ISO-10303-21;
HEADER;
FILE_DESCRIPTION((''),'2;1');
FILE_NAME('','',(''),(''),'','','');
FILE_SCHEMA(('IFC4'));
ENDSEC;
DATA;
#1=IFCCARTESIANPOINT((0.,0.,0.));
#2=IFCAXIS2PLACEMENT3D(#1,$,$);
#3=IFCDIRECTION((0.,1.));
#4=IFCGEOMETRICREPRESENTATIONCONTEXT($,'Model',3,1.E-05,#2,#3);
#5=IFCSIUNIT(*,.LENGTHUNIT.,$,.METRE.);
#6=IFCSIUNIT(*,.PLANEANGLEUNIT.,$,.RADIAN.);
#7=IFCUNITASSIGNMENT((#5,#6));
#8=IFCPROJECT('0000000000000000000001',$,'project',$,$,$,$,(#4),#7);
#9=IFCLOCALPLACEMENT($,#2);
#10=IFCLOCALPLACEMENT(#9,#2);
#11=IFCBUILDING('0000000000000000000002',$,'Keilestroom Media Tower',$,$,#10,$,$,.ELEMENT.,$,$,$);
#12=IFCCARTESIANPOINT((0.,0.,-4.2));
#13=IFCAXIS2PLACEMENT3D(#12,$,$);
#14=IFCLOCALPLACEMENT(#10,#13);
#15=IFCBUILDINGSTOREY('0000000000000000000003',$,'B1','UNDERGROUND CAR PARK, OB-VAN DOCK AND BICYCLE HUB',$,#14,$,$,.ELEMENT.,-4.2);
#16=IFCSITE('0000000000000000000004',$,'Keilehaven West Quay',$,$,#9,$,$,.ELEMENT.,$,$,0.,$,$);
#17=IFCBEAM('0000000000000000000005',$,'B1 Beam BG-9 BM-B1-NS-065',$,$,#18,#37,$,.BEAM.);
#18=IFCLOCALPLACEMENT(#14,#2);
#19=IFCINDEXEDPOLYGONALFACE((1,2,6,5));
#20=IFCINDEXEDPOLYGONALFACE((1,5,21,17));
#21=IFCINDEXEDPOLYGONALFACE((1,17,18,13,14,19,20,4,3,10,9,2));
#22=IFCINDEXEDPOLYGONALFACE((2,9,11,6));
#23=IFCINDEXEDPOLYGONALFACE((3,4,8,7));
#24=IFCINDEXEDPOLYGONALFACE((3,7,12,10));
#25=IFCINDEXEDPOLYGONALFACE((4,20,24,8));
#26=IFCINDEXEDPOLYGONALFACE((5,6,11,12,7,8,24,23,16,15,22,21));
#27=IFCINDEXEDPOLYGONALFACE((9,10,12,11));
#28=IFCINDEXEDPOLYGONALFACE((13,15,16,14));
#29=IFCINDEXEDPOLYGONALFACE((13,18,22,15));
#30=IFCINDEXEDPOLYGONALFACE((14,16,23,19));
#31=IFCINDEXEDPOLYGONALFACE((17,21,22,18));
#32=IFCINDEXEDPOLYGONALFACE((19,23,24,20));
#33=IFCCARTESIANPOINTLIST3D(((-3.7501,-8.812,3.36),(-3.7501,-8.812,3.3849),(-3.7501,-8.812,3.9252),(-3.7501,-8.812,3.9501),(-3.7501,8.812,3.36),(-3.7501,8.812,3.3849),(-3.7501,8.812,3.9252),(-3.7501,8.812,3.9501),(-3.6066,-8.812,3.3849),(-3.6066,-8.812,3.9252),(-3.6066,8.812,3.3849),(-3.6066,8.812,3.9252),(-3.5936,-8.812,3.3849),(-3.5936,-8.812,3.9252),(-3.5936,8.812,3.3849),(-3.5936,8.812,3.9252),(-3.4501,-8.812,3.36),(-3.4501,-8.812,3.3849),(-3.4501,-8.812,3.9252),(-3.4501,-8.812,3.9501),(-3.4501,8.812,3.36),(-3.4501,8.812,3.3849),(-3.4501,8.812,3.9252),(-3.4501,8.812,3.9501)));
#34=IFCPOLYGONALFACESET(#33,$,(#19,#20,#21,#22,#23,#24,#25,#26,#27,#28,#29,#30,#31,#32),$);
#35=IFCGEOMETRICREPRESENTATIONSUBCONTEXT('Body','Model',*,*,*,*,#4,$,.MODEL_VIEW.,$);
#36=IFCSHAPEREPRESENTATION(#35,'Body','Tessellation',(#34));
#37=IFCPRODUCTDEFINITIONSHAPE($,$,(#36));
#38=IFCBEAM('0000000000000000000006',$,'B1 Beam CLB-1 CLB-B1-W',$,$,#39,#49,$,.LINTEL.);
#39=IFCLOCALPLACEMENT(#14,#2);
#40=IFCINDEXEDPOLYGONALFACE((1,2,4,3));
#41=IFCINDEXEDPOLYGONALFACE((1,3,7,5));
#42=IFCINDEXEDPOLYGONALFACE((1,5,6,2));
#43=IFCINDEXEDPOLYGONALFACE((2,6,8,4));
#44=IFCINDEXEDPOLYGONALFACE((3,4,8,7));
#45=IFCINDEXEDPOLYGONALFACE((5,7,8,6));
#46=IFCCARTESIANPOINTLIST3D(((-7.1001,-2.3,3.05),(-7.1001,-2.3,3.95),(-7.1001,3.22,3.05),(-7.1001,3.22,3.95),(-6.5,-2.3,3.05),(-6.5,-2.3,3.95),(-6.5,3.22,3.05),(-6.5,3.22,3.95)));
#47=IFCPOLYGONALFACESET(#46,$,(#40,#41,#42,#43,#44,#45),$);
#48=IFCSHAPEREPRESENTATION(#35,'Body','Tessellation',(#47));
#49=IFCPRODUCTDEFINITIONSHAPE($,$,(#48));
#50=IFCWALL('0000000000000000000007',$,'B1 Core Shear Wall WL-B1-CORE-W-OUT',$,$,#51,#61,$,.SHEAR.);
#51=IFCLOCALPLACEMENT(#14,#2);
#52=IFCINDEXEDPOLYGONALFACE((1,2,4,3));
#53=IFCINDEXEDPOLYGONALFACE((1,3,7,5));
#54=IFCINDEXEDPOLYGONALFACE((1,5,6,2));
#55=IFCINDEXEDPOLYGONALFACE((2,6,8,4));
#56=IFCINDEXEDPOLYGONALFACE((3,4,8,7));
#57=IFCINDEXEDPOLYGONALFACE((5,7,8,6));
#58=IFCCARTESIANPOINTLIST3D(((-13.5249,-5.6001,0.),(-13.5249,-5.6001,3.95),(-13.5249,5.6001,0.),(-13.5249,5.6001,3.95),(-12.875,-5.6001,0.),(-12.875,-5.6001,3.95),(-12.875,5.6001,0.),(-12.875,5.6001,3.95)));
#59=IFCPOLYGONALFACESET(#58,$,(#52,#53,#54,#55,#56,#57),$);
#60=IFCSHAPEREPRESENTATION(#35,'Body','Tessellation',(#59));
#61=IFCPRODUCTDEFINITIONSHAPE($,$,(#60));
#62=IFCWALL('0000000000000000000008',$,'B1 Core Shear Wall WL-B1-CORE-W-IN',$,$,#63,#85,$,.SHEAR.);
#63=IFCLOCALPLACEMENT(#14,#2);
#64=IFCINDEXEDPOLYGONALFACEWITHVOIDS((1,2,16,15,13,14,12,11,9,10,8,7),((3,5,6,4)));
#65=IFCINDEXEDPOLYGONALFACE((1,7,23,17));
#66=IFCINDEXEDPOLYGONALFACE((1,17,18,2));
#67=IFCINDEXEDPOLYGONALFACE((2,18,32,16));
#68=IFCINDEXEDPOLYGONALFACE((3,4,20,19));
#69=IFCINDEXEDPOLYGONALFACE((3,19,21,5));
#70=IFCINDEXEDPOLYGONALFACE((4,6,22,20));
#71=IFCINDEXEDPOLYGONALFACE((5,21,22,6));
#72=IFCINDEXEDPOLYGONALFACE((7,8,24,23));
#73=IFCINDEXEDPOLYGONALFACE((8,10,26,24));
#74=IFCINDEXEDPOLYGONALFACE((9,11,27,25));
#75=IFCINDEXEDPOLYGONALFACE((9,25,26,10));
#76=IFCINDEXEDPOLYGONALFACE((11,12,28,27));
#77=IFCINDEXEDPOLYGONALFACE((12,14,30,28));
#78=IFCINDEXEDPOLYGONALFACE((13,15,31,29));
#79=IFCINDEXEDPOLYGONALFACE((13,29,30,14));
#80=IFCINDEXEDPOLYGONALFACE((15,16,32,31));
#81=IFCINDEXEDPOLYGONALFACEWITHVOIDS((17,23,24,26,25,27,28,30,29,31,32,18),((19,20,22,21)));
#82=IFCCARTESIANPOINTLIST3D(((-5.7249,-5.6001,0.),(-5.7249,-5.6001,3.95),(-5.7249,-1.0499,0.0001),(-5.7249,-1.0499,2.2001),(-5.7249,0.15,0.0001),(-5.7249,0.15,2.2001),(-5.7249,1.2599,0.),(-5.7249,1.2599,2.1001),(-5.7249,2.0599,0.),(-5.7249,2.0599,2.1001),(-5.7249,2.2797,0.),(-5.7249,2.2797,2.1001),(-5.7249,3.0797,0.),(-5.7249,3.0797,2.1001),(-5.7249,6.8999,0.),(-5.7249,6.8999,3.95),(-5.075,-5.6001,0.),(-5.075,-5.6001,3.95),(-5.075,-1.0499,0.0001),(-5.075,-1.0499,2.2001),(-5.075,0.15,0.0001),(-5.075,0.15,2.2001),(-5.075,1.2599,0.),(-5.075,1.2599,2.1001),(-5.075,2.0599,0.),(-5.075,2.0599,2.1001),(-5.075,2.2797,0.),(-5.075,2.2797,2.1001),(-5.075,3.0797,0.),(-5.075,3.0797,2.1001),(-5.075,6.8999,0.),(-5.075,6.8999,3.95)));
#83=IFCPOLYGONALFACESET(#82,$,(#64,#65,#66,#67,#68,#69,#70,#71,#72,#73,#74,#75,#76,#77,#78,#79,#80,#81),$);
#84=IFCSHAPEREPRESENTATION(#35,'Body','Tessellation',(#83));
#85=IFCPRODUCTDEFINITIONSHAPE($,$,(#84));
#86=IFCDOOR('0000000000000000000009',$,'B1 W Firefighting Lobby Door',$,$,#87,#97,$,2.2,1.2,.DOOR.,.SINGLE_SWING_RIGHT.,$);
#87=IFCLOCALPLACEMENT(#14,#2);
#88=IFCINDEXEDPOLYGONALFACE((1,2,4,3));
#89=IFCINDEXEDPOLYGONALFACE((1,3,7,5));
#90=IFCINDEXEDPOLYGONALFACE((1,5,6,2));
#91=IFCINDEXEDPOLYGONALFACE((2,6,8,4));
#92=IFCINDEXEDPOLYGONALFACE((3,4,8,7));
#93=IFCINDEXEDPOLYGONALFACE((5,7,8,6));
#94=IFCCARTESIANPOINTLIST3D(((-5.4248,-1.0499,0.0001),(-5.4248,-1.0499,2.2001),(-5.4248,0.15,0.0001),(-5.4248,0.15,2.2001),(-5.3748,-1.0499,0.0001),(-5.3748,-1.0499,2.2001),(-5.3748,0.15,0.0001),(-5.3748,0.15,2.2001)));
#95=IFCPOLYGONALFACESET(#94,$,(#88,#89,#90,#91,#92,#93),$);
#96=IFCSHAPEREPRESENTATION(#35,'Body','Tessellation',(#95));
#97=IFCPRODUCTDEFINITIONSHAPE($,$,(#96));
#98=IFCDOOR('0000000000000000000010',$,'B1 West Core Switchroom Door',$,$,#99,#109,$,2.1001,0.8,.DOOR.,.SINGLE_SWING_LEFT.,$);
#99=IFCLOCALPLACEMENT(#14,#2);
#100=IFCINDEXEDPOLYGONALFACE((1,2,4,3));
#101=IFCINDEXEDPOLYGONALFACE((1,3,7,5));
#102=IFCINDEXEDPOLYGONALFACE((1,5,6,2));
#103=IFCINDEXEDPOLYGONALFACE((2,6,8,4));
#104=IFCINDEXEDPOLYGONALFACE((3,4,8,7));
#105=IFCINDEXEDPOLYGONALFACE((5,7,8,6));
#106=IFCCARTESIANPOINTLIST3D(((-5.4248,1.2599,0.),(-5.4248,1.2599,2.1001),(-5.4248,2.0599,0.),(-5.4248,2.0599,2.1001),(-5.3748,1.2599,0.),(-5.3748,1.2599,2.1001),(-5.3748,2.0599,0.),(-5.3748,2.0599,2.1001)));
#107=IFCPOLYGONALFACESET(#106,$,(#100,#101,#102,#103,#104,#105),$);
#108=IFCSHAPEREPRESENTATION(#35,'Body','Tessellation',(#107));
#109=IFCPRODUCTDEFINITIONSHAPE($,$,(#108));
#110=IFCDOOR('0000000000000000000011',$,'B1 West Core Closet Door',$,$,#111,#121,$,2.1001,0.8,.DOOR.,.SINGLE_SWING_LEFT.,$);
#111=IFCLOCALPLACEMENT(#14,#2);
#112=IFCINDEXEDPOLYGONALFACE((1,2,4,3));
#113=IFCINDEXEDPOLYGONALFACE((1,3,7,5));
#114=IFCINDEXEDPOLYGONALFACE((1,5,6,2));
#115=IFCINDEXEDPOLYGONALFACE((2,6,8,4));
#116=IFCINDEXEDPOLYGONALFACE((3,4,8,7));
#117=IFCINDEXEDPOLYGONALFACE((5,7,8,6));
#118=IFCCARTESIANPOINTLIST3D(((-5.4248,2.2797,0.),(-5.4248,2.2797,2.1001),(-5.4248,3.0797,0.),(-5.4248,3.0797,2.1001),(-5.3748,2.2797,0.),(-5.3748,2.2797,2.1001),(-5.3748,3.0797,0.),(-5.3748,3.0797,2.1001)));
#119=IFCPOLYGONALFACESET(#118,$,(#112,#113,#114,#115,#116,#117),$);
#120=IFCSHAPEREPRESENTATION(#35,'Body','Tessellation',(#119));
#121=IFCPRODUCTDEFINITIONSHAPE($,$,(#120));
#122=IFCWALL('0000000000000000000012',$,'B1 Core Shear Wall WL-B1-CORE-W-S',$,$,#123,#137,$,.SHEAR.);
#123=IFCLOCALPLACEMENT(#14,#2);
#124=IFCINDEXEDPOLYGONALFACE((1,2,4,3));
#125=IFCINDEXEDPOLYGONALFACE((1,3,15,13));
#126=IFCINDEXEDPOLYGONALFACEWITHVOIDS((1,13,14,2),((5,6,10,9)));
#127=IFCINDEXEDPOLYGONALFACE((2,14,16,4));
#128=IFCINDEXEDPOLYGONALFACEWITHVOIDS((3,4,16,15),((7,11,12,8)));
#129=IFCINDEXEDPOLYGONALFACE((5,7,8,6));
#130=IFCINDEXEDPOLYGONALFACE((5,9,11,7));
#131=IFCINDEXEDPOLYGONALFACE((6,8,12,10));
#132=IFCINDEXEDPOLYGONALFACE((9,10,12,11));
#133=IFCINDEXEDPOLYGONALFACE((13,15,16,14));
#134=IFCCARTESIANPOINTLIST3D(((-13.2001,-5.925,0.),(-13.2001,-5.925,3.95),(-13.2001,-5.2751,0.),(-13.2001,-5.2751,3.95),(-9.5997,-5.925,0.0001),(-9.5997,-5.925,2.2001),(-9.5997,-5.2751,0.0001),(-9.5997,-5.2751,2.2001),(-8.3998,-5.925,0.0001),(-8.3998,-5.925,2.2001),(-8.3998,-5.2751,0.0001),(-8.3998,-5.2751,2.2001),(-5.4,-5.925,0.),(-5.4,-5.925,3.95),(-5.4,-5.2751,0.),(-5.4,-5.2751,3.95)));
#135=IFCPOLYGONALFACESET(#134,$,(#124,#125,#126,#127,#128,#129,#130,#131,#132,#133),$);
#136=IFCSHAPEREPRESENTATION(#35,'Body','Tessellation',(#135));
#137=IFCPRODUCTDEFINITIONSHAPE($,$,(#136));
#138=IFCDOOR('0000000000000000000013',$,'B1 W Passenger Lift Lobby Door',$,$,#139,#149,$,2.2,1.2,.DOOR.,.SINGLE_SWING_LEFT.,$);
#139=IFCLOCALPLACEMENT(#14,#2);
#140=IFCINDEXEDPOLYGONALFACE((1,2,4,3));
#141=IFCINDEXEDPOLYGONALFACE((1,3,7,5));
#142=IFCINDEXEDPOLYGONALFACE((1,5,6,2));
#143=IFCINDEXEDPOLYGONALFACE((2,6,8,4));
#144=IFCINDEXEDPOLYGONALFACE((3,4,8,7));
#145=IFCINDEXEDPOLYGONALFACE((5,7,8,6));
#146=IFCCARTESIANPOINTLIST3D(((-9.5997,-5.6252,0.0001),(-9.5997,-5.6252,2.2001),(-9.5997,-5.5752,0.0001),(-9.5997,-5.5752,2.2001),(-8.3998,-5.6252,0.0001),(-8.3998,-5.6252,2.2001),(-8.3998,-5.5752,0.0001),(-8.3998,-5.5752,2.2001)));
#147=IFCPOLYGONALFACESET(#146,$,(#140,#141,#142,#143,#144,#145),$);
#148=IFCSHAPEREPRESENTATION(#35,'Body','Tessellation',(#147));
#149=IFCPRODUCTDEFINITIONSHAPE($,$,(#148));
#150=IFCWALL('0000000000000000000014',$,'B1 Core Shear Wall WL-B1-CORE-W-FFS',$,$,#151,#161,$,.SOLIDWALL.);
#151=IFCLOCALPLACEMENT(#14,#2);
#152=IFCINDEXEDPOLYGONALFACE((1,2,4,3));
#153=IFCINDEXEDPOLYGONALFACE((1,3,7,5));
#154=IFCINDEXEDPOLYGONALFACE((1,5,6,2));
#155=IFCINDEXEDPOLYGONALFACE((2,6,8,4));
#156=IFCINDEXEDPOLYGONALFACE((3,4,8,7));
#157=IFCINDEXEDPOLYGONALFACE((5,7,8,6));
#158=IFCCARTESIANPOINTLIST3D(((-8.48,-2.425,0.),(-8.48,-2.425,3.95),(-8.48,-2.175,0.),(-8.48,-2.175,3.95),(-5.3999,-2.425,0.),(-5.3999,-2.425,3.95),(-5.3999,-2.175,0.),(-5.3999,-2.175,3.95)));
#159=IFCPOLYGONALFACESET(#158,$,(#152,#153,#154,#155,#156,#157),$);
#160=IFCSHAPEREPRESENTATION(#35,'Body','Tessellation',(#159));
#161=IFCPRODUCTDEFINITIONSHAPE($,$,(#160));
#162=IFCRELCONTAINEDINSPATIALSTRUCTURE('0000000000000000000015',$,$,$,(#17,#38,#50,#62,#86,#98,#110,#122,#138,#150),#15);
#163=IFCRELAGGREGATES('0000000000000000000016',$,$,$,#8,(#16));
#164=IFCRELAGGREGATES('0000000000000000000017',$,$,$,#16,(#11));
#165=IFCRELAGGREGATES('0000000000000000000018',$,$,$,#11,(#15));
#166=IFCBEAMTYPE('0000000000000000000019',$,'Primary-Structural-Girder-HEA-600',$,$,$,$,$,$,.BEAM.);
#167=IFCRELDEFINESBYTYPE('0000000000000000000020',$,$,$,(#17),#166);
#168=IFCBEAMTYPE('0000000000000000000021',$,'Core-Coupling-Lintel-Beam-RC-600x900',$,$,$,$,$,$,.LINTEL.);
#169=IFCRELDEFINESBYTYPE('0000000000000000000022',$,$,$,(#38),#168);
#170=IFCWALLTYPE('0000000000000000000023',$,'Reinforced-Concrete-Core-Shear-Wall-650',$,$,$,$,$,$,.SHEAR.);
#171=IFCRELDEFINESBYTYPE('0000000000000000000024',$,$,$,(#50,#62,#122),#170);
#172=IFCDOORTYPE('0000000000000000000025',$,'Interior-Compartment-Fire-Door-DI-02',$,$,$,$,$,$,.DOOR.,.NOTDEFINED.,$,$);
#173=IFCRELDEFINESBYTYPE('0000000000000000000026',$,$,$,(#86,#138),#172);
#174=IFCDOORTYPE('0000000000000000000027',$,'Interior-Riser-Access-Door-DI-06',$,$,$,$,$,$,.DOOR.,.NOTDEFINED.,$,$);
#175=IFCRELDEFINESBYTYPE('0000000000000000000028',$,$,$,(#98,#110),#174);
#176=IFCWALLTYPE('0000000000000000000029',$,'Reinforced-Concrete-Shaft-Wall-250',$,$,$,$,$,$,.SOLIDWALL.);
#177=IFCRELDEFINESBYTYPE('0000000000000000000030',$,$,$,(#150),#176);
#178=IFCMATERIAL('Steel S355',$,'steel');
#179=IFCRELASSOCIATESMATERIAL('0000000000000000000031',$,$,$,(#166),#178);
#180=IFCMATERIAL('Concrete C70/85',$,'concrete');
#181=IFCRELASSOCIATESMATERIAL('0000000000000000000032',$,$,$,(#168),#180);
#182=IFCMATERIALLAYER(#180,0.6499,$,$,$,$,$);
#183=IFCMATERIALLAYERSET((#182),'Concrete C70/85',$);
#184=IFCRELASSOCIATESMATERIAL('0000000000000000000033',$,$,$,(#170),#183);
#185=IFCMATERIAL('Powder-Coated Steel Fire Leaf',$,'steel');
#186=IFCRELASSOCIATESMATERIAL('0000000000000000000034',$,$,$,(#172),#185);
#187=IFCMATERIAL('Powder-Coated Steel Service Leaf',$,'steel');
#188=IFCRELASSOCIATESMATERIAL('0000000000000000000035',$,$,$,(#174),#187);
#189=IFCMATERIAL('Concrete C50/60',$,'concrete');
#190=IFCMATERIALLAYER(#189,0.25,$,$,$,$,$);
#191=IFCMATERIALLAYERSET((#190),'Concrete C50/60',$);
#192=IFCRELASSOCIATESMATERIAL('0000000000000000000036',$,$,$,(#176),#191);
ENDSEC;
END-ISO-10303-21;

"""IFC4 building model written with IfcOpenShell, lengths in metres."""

from ifc_helpers import new_model, si_unit, direction, frame, frame_2d, origin, origin_2d, place, context, subcontext, project, spatial, rectangle, i_section, extrude, source, transform, mapped, material, layer, layer_set, material_profile, profile_set, type_object, element, fill, save


model = new_model("IFC4")

# Units and contexts
model_context = context("Model", 3, precision=1e-05, world=origin(), true_north=direction((0.0, 1.0)))
body_context = subcontext(model_context, "Body", "Model", "MODEL_VIEW")
ifc_project = project(units=[si_unit("LENGTHUNIT", "METRE"), si_unit("PLANEANGLEUNIT", "RADIAN")], contexts=[model_context])

# Site, building, storey
site_placement = place(None, origin())
site = spatial("IfcSite", under=ifc_project, at=site_placement, Name="Keilehaven West Quay", CompositionType="ELEMENT", RefElevation=0.0)
building_placement = place(site_placement, origin())
building = spatial("IfcBuilding", under=site, at=building_placement, Name="Keilestroom Media Tower", CompositionType="ELEMENT")
storey_placement = place(building_placement, frame((0.0, 0.0, -4.2)))
storey = spatial("IfcBuildingStorey", under=building, at=storey_placement, Name="B1", Description="UNDERGROUND CAR PARK, OB-VAN DOCK AND BICYCLE HUB", CompositionType="ELEMENT", Elevation=-4.2)

# Shared definitions
ifc_material_1 = material(Name="Concrete C70/85", Category="concrete")

# Beams
ifc_material_2 = material(Name="Steel S355", Category="steel")
ifc_material_profile_1 = material_profile(ifc_material_2, i_section(OverallWidth=0.3, OverallDepth=0.5901, WebThickness=0.0129, FlangeThickness=0.0249, at=origin_2d()), Name="HEA 600")
ifc_profile_set_1 = profile_set([ifc_material_profile_1], Name="Steel S355")
beam_type_1 = type_object("IfcBeamType", Name="Primary-Structural-Girder-HEA-600", PredefinedType="BEAM", material=ifc_profile_set_1)
shared_shape_1 = source(origin(), body_context, "Body", "SweptSolid", [
    extrude(i_section(OverallWidth=0.3, OverallDepth=0.5901, WebThickness=0.0129, FlangeThickness=0.0249, at=origin_2d()), origin(), (0.0, 0.0, 1.0), 17.624),
])
beam_1_placement = place(storey_placement, frame((-3.6001, -8.812, 3.655), z_axis=(0.0, 1.0, 0.0), x_axis=(-1.0, 0.0, 0.0)))
element("IfcBeam", 1, at=beam_1_placement, inside=storey, type_object=beam_type_1, Name="B1 Beam BG-9 BM-B1-NS-065", PredefinedType="BEAM", context=body_context, shape_type="MappedRepresentation", body=[
    mapped(shared_shape_1, transform((0.0, 0.0, 0.0), x_axis=(1.0, 0.0, 0.0), y_axis=(0.0, 1.0, 0.0), z_axis=(0.0, 0.0, 1.0), scale=1.0)),
])
ifc_material_profile_2 = material_profile(ifc_material_1, rectangle(XDim=0.6001, YDim=0.8999, at=origin_2d()), Name="RC 600x900")
ifc_profile_set_2 = profile_set([ifc_material_profile_2], Name="Concrete C70/85")
beam_type_2 = type_object("IfcBeamType", Name="Core-Coupling-Lintel-Beam-RC-600x900", PredefinedType="LINTEL", material=ifc_profile_set_2)
shared_shape_2 = source(origin(), body_context, "Body", "SweptSolid", [
    extrude(rectangle(XDim=0.6001, YDim=0.8999, at=origin_2d()), origin(), (0.0, 0.0, 1.0), 5.52),
])
beam_2_placement = place(storey_placement, frame((-6.8, -2.3, 3.5), z_axis=(0.0, 1.0, 0.0), x_axis=(-1.0, 0.0, 0.0)))
element("IfcBeam", 2, at=beam_2_placement, inside=storey, type_object=beam_type_2, Name="B1 Beam CLB-1 CLB-B1-W", PredefinedType="LINTEL", context=body_context, shape_type="MappedRepresentation", body=[
    mapped(shared_shape_2, transform((0.0, 0.0, 0.0), x_axis=(1.0, 0.0, 0.0), y_axis=(0.0, 1.0, 0.0), z_axis=(0.0, 0.0, 1.0), scale=1.0)),
])

# Wall
ifc_layer_1 = layer(ifc_material_1, 0.6499)
ifc_layer_set_1 = layer_set([ifc_layer_1], Name="Concrete C70/85")
wall_type_1 = type_object("IfcWallType", Name="Reinforced-Concrete-Core-Shear-Wall-650", PredefinedType="SHEAR", material=ifc_layer_set_1)
wall_1_placement = place(storey_placement, frame((-13.2, -5.6001, 0.0), z_axis=(0.0, 0.0, 1.0), x_axis=(0.0, 1.0, 0.0)))
element("IfcWall", 3, at=wall_1_placement, inside=storey, type_object=wall_type_1, Name="B1 Core Shear Wall WL-B1-CORE-W-OUT", PredefinedType="SHEAR", context=body_context, shape_type="SweptSolid", body=[
    extrude(rectangle(XDim=11.2002, YDim=0.6499, at=frame_2d((5.6001, 0.0))), origin(), (0.0, 0.0, 1.0), 3.95),
])

# Wall, openings, doors
wall_2_placement = place(storey_placement, frame((-5.3999, -5.6001, 0.0), z_axis=(0.0, 0.0, 1.0), x_axis=(0.0, 1.0, 0.0)))
wall_2 = element("IfcWall", 4, at=wall_2_placement, inside=storey, type_object=wall_type_1, Name="B1 Core Shear Wall WL-B1-CORE-W-IN", PredefinedType="SHEAR", context=body_context, shape_type="SweptSolid", body=[
    extrude(rectangle(XDim=12.5, YDim=0.6499, at=frame_2d((6.25, 0.0))), origin(), (0.0, 0.0, 1.0), 3.95),
])
opening_1_placement = place(wall_2_placement, frame((4.55, 0.0, 0.0)))
opening_1 = element("IfcOpeningElement", 5, at=opening_1_placement, cuts=wall_2, PredefinedType="OPENING", context=body_context, shape_type="SweptSolid", body=[
    extrude(rectangle(XDim=1.2, YDim=2.2, at=frame_2d((0.6001, 1.1001))), frame((0.0, 0.335, 0.0), z_axis=(0.0, -1.0, 0.0), x_axis=(1.0, 0.0, 0.0)), (0.0, 0.0, 1.0), 0.6699),
])
opening_2_placement = place(wall_2_placement, frame((6.8601, 0.0, 0.0)))
opening_2 = element("IfcOpeningElement", 6, at=opening_2_placement, cuts=wall_2, PredefinedType="OPENING", context=body_context, shape_type="SweptSolid", body=[
    extrude(rectangle(XDim=0.8, YDim=2.1001, at=frame_2d((0.3999, 1.05))), frame((0.0, 0.335, 0.0), z_axis=(0.0, -1.0, 0.0), x_axis=(1.0, 0.0, 0.0)), (0.0, 0.0, 1.0), 0.6699),
])
opening_3_placement = place(wall_2_placement, frame((7.8799, 0.0, 0.0)))
opening_3 = element("IfcOpeningElement", 7, at=opening_3_placement, cuts=wall_2, PredefinedType="OPENING", context=body_context, shape_type="SweptSolid", body=[
    extrude(rectangle(XDim=0.8, YDim=2.1001, at=frame_2d((0.3999, 1.05))), frame((0.0, 0.335, 0.0), z_axis=(0.0, -1.0, 0.0), x_axis=(1.0, 0.0, 0.0)), (0.0, 0.0, 1.0), 0.6699),
])
ifc_material_3 = material(Name="Powder-Coated Steel Fire Leaf", Category="steel")
door_type_1 = type_object("IfcDoorType", Name="Interior-Compartment-Fire-Door-DI-02", OperationType="NOTDEFINED", PredefinedType="DOOR", material=ifc_material_3)
shared_shape_3 = source(origin(), body_context, "Body", "SweptSolid", [
    extrude(rectangle(XDim=1.2, YDim=2.2, at=frame_2d((0.6001, 1.1001))), frame((0.0, 0.0249, 0.0), z_axis=(0.0, -1.0, 0.0), x_axis=(1.0, 0.0, 0.0)), (0.0, 0.0, 1.0), 0.05),
])
door_1_placement = place(opening_1_placement, origin())
door_1 = element("IfcDoor", 8, at=door_1_placement, inside=storey, type_object=door_type_1, Name="B1 W Firefighting Lobby Door", OperationType="SINGLE_SWING_RIGHT", OverallHeight=2.2, OverallWidth=1.2, PredefinedType="DOOR", context=body_context, shape_type="MappedRepresentation", body=[
    mapped(shared_shape_3, transform((0.0, 0.0, 0.0), x_axis=(1.0, 0.0, 0.0), y_axis=(0.0, 1.0, 0.0), z_axis=(0.0, 0.0, 1.0), scale=1.0)),
])
fill(opening_1, door_1)
ifc_material_4 = material(Name="Powder-Coated Steel Service Leaf", Category="steel")
door_type_2 = type_object("IfcDoorType", Name="Interior-Riser-Access-Door-DI-06", OperationType="NOTDEFINED", PredefinedType="DOOR", material=ifc_material_4)
shared_shape_4 = source(origin(), body_context, "Body", "SweptSolid", [
    extrude(rectangle(XDim=0.8, YDim=2.1001, at=frame_2d((0.3999, 1.05))), frame((0.0, 0.0249, 0.0), z_axis=(0.0, -1.0, 0.0), x_axis=(1.0, 0.0, 0.0)), (0.0, 0.0, 1.0), 0.05),
])
door_2_placement = place(opening_2_placement, origin())
door_2 = element("IfcDoor", 9, at=door_2_placement, inside=storey, type_object=door_type_2, Name="B1 West Core Switchroom Door", OperationType="SINGLE_SWING_LEFT", OverallHeight=2.1001, OverallWidth=0.8, PredefinedType="DOOR", context=body_context, shape_type="MappedRepresentation", body=[
    mapped(shared_shape_4, transform((0.0, 0.0, 0.0), x_axis=(1.0, 0.0, 0.0), y_axis=(0.0, 1.0, 0.0), z_axis=(0.0, 0.0, 1.0), scale=1.0)),
])
fill(opening_2, door_2)
door_3_placement = place(opening_3_placement, origin())
door_3 = element("IfcDoor", 10, at=door_3_placement, inside=storey, type_object=door_type_2, Name="B1 West Core Closet Door", OperationType="SINGLE_SWING_LEFT", OverallHeight=2.1001, OverallWidth=0.8, PredefinedType="DOOR", context=body_context, shape_type="MappedRepresentation", body=[
    mapped(shared_shape_4, transform((0.0, 0.0, 0.0), x_axis=(1.0, 0.0, 0.0), y_axis=(0.0, 1.0, 0.0), z_axis=(0.0, 0.0, 1.0), scale=1.0)),
])
fill(opening_3, door_3)

# Wall, opening, door
wall_3_placement = place(storey_placement, frame((-13.2, -5.6001, 0.0), z_axis=(0.0, 0.0, 1.0), x_axis=(1.0, 0.0, 0.0)))
wall_3 = element("IfcWall", 11, at=wall_3_placement, inside=storey, type_object=wall_type_1, Name="B1 Core Shear Wall WL-B1-CORE-W-S", PredefinedType="SHEAR", context=body_context, shape_type="SweptSolid", body=[
    extrude(rectangle(XDim=7.8, YDim=0.6499, at=frame_2d((3.8999, 0.0))), origin(), (0.0, 0.0, 1.0), 3.95),
])
opening_4_placement = place(wall_3_placement, frame((3.6001, 0.0, 0.0)))
opening_4 = element("IfcOpeningElement", 12, at=opening_4_placement, cuts=wall_3, PredefinedType="OPENING", context=body_context, shape_type="SweptSolid", body=[
    extrude(rectangle(XDim=1.2, YDim=2.2, at=frame_2d((0.6001, 1.1001))), frame((0.0, 0.335, 0.0), z_axis=(0.0, -1.0, 0.0), x_axis=(1.0, 0.0, 0.0)), (0.0, 0.0, 1.0), 0.6699),
])
door_4_placement = place(opening_4_placement, origin())
door_4 = element("IfcDoor", 13, at=door_4_placement, inside=storey, type_object=door_type_1, Name="B1 W Passenger Lift Lobby Door", OperationType="SINGLE_SWING_LEFT", OverallHeight=2.2, OverallWidth=1.2, PredefinedType="DOOR", context=body_context, shape_type="MappedRepresentation", body=[
    mapped(shared_shape_3, transform((0.0, 0.0, 0.0), x_axis=(1.0, 0.0, 0.0), y_axis=(0.0, 1.0, 0.0), z_axis=(0.0, 0.0, 1.0), scale=1.0)),
])
fill(opening_4, door_4)

# Wall
ifc_material_5 = material(Name="Concrete C50/60", Category="concrete")
ifc_layer_2 = layer(ifc_material_5, 0.25)
ifc_layer_set_2 = layer_set([ifc_layer_2], Name="Concrete C50/60")
wall_type_2 = type_object("IfcWallType", Name="Reinforced-Concrete-Shaft-Wall-250", PredefinedType="SOLIDWALL", material=ifc_layer_set_2)
wall_4_placement = place(storey_placement, frame((-8.48, -2.3, 0.0), z_axis=(0.0, 0.0, 1.0), x_axis=(1.0, 0.0, 0.0)))
element("IfcWall", 14, at=wall_4_placement, inside=storey, type_object=wall_type_2, Name="B1 Core Shear Wall WL-B1-CORE-W-FFS", PredefinedType="SOLIDWALL", context=body_context, shape_type="SweptSolid", body=[
    extrude(rectangle(XDim=3.0801, YDim=0.25, at=frame_2d((1.54, 0.0))), origin(), (0.0, 0.0, 1.0), 3.95),
])

save(model, "model.ifc")
